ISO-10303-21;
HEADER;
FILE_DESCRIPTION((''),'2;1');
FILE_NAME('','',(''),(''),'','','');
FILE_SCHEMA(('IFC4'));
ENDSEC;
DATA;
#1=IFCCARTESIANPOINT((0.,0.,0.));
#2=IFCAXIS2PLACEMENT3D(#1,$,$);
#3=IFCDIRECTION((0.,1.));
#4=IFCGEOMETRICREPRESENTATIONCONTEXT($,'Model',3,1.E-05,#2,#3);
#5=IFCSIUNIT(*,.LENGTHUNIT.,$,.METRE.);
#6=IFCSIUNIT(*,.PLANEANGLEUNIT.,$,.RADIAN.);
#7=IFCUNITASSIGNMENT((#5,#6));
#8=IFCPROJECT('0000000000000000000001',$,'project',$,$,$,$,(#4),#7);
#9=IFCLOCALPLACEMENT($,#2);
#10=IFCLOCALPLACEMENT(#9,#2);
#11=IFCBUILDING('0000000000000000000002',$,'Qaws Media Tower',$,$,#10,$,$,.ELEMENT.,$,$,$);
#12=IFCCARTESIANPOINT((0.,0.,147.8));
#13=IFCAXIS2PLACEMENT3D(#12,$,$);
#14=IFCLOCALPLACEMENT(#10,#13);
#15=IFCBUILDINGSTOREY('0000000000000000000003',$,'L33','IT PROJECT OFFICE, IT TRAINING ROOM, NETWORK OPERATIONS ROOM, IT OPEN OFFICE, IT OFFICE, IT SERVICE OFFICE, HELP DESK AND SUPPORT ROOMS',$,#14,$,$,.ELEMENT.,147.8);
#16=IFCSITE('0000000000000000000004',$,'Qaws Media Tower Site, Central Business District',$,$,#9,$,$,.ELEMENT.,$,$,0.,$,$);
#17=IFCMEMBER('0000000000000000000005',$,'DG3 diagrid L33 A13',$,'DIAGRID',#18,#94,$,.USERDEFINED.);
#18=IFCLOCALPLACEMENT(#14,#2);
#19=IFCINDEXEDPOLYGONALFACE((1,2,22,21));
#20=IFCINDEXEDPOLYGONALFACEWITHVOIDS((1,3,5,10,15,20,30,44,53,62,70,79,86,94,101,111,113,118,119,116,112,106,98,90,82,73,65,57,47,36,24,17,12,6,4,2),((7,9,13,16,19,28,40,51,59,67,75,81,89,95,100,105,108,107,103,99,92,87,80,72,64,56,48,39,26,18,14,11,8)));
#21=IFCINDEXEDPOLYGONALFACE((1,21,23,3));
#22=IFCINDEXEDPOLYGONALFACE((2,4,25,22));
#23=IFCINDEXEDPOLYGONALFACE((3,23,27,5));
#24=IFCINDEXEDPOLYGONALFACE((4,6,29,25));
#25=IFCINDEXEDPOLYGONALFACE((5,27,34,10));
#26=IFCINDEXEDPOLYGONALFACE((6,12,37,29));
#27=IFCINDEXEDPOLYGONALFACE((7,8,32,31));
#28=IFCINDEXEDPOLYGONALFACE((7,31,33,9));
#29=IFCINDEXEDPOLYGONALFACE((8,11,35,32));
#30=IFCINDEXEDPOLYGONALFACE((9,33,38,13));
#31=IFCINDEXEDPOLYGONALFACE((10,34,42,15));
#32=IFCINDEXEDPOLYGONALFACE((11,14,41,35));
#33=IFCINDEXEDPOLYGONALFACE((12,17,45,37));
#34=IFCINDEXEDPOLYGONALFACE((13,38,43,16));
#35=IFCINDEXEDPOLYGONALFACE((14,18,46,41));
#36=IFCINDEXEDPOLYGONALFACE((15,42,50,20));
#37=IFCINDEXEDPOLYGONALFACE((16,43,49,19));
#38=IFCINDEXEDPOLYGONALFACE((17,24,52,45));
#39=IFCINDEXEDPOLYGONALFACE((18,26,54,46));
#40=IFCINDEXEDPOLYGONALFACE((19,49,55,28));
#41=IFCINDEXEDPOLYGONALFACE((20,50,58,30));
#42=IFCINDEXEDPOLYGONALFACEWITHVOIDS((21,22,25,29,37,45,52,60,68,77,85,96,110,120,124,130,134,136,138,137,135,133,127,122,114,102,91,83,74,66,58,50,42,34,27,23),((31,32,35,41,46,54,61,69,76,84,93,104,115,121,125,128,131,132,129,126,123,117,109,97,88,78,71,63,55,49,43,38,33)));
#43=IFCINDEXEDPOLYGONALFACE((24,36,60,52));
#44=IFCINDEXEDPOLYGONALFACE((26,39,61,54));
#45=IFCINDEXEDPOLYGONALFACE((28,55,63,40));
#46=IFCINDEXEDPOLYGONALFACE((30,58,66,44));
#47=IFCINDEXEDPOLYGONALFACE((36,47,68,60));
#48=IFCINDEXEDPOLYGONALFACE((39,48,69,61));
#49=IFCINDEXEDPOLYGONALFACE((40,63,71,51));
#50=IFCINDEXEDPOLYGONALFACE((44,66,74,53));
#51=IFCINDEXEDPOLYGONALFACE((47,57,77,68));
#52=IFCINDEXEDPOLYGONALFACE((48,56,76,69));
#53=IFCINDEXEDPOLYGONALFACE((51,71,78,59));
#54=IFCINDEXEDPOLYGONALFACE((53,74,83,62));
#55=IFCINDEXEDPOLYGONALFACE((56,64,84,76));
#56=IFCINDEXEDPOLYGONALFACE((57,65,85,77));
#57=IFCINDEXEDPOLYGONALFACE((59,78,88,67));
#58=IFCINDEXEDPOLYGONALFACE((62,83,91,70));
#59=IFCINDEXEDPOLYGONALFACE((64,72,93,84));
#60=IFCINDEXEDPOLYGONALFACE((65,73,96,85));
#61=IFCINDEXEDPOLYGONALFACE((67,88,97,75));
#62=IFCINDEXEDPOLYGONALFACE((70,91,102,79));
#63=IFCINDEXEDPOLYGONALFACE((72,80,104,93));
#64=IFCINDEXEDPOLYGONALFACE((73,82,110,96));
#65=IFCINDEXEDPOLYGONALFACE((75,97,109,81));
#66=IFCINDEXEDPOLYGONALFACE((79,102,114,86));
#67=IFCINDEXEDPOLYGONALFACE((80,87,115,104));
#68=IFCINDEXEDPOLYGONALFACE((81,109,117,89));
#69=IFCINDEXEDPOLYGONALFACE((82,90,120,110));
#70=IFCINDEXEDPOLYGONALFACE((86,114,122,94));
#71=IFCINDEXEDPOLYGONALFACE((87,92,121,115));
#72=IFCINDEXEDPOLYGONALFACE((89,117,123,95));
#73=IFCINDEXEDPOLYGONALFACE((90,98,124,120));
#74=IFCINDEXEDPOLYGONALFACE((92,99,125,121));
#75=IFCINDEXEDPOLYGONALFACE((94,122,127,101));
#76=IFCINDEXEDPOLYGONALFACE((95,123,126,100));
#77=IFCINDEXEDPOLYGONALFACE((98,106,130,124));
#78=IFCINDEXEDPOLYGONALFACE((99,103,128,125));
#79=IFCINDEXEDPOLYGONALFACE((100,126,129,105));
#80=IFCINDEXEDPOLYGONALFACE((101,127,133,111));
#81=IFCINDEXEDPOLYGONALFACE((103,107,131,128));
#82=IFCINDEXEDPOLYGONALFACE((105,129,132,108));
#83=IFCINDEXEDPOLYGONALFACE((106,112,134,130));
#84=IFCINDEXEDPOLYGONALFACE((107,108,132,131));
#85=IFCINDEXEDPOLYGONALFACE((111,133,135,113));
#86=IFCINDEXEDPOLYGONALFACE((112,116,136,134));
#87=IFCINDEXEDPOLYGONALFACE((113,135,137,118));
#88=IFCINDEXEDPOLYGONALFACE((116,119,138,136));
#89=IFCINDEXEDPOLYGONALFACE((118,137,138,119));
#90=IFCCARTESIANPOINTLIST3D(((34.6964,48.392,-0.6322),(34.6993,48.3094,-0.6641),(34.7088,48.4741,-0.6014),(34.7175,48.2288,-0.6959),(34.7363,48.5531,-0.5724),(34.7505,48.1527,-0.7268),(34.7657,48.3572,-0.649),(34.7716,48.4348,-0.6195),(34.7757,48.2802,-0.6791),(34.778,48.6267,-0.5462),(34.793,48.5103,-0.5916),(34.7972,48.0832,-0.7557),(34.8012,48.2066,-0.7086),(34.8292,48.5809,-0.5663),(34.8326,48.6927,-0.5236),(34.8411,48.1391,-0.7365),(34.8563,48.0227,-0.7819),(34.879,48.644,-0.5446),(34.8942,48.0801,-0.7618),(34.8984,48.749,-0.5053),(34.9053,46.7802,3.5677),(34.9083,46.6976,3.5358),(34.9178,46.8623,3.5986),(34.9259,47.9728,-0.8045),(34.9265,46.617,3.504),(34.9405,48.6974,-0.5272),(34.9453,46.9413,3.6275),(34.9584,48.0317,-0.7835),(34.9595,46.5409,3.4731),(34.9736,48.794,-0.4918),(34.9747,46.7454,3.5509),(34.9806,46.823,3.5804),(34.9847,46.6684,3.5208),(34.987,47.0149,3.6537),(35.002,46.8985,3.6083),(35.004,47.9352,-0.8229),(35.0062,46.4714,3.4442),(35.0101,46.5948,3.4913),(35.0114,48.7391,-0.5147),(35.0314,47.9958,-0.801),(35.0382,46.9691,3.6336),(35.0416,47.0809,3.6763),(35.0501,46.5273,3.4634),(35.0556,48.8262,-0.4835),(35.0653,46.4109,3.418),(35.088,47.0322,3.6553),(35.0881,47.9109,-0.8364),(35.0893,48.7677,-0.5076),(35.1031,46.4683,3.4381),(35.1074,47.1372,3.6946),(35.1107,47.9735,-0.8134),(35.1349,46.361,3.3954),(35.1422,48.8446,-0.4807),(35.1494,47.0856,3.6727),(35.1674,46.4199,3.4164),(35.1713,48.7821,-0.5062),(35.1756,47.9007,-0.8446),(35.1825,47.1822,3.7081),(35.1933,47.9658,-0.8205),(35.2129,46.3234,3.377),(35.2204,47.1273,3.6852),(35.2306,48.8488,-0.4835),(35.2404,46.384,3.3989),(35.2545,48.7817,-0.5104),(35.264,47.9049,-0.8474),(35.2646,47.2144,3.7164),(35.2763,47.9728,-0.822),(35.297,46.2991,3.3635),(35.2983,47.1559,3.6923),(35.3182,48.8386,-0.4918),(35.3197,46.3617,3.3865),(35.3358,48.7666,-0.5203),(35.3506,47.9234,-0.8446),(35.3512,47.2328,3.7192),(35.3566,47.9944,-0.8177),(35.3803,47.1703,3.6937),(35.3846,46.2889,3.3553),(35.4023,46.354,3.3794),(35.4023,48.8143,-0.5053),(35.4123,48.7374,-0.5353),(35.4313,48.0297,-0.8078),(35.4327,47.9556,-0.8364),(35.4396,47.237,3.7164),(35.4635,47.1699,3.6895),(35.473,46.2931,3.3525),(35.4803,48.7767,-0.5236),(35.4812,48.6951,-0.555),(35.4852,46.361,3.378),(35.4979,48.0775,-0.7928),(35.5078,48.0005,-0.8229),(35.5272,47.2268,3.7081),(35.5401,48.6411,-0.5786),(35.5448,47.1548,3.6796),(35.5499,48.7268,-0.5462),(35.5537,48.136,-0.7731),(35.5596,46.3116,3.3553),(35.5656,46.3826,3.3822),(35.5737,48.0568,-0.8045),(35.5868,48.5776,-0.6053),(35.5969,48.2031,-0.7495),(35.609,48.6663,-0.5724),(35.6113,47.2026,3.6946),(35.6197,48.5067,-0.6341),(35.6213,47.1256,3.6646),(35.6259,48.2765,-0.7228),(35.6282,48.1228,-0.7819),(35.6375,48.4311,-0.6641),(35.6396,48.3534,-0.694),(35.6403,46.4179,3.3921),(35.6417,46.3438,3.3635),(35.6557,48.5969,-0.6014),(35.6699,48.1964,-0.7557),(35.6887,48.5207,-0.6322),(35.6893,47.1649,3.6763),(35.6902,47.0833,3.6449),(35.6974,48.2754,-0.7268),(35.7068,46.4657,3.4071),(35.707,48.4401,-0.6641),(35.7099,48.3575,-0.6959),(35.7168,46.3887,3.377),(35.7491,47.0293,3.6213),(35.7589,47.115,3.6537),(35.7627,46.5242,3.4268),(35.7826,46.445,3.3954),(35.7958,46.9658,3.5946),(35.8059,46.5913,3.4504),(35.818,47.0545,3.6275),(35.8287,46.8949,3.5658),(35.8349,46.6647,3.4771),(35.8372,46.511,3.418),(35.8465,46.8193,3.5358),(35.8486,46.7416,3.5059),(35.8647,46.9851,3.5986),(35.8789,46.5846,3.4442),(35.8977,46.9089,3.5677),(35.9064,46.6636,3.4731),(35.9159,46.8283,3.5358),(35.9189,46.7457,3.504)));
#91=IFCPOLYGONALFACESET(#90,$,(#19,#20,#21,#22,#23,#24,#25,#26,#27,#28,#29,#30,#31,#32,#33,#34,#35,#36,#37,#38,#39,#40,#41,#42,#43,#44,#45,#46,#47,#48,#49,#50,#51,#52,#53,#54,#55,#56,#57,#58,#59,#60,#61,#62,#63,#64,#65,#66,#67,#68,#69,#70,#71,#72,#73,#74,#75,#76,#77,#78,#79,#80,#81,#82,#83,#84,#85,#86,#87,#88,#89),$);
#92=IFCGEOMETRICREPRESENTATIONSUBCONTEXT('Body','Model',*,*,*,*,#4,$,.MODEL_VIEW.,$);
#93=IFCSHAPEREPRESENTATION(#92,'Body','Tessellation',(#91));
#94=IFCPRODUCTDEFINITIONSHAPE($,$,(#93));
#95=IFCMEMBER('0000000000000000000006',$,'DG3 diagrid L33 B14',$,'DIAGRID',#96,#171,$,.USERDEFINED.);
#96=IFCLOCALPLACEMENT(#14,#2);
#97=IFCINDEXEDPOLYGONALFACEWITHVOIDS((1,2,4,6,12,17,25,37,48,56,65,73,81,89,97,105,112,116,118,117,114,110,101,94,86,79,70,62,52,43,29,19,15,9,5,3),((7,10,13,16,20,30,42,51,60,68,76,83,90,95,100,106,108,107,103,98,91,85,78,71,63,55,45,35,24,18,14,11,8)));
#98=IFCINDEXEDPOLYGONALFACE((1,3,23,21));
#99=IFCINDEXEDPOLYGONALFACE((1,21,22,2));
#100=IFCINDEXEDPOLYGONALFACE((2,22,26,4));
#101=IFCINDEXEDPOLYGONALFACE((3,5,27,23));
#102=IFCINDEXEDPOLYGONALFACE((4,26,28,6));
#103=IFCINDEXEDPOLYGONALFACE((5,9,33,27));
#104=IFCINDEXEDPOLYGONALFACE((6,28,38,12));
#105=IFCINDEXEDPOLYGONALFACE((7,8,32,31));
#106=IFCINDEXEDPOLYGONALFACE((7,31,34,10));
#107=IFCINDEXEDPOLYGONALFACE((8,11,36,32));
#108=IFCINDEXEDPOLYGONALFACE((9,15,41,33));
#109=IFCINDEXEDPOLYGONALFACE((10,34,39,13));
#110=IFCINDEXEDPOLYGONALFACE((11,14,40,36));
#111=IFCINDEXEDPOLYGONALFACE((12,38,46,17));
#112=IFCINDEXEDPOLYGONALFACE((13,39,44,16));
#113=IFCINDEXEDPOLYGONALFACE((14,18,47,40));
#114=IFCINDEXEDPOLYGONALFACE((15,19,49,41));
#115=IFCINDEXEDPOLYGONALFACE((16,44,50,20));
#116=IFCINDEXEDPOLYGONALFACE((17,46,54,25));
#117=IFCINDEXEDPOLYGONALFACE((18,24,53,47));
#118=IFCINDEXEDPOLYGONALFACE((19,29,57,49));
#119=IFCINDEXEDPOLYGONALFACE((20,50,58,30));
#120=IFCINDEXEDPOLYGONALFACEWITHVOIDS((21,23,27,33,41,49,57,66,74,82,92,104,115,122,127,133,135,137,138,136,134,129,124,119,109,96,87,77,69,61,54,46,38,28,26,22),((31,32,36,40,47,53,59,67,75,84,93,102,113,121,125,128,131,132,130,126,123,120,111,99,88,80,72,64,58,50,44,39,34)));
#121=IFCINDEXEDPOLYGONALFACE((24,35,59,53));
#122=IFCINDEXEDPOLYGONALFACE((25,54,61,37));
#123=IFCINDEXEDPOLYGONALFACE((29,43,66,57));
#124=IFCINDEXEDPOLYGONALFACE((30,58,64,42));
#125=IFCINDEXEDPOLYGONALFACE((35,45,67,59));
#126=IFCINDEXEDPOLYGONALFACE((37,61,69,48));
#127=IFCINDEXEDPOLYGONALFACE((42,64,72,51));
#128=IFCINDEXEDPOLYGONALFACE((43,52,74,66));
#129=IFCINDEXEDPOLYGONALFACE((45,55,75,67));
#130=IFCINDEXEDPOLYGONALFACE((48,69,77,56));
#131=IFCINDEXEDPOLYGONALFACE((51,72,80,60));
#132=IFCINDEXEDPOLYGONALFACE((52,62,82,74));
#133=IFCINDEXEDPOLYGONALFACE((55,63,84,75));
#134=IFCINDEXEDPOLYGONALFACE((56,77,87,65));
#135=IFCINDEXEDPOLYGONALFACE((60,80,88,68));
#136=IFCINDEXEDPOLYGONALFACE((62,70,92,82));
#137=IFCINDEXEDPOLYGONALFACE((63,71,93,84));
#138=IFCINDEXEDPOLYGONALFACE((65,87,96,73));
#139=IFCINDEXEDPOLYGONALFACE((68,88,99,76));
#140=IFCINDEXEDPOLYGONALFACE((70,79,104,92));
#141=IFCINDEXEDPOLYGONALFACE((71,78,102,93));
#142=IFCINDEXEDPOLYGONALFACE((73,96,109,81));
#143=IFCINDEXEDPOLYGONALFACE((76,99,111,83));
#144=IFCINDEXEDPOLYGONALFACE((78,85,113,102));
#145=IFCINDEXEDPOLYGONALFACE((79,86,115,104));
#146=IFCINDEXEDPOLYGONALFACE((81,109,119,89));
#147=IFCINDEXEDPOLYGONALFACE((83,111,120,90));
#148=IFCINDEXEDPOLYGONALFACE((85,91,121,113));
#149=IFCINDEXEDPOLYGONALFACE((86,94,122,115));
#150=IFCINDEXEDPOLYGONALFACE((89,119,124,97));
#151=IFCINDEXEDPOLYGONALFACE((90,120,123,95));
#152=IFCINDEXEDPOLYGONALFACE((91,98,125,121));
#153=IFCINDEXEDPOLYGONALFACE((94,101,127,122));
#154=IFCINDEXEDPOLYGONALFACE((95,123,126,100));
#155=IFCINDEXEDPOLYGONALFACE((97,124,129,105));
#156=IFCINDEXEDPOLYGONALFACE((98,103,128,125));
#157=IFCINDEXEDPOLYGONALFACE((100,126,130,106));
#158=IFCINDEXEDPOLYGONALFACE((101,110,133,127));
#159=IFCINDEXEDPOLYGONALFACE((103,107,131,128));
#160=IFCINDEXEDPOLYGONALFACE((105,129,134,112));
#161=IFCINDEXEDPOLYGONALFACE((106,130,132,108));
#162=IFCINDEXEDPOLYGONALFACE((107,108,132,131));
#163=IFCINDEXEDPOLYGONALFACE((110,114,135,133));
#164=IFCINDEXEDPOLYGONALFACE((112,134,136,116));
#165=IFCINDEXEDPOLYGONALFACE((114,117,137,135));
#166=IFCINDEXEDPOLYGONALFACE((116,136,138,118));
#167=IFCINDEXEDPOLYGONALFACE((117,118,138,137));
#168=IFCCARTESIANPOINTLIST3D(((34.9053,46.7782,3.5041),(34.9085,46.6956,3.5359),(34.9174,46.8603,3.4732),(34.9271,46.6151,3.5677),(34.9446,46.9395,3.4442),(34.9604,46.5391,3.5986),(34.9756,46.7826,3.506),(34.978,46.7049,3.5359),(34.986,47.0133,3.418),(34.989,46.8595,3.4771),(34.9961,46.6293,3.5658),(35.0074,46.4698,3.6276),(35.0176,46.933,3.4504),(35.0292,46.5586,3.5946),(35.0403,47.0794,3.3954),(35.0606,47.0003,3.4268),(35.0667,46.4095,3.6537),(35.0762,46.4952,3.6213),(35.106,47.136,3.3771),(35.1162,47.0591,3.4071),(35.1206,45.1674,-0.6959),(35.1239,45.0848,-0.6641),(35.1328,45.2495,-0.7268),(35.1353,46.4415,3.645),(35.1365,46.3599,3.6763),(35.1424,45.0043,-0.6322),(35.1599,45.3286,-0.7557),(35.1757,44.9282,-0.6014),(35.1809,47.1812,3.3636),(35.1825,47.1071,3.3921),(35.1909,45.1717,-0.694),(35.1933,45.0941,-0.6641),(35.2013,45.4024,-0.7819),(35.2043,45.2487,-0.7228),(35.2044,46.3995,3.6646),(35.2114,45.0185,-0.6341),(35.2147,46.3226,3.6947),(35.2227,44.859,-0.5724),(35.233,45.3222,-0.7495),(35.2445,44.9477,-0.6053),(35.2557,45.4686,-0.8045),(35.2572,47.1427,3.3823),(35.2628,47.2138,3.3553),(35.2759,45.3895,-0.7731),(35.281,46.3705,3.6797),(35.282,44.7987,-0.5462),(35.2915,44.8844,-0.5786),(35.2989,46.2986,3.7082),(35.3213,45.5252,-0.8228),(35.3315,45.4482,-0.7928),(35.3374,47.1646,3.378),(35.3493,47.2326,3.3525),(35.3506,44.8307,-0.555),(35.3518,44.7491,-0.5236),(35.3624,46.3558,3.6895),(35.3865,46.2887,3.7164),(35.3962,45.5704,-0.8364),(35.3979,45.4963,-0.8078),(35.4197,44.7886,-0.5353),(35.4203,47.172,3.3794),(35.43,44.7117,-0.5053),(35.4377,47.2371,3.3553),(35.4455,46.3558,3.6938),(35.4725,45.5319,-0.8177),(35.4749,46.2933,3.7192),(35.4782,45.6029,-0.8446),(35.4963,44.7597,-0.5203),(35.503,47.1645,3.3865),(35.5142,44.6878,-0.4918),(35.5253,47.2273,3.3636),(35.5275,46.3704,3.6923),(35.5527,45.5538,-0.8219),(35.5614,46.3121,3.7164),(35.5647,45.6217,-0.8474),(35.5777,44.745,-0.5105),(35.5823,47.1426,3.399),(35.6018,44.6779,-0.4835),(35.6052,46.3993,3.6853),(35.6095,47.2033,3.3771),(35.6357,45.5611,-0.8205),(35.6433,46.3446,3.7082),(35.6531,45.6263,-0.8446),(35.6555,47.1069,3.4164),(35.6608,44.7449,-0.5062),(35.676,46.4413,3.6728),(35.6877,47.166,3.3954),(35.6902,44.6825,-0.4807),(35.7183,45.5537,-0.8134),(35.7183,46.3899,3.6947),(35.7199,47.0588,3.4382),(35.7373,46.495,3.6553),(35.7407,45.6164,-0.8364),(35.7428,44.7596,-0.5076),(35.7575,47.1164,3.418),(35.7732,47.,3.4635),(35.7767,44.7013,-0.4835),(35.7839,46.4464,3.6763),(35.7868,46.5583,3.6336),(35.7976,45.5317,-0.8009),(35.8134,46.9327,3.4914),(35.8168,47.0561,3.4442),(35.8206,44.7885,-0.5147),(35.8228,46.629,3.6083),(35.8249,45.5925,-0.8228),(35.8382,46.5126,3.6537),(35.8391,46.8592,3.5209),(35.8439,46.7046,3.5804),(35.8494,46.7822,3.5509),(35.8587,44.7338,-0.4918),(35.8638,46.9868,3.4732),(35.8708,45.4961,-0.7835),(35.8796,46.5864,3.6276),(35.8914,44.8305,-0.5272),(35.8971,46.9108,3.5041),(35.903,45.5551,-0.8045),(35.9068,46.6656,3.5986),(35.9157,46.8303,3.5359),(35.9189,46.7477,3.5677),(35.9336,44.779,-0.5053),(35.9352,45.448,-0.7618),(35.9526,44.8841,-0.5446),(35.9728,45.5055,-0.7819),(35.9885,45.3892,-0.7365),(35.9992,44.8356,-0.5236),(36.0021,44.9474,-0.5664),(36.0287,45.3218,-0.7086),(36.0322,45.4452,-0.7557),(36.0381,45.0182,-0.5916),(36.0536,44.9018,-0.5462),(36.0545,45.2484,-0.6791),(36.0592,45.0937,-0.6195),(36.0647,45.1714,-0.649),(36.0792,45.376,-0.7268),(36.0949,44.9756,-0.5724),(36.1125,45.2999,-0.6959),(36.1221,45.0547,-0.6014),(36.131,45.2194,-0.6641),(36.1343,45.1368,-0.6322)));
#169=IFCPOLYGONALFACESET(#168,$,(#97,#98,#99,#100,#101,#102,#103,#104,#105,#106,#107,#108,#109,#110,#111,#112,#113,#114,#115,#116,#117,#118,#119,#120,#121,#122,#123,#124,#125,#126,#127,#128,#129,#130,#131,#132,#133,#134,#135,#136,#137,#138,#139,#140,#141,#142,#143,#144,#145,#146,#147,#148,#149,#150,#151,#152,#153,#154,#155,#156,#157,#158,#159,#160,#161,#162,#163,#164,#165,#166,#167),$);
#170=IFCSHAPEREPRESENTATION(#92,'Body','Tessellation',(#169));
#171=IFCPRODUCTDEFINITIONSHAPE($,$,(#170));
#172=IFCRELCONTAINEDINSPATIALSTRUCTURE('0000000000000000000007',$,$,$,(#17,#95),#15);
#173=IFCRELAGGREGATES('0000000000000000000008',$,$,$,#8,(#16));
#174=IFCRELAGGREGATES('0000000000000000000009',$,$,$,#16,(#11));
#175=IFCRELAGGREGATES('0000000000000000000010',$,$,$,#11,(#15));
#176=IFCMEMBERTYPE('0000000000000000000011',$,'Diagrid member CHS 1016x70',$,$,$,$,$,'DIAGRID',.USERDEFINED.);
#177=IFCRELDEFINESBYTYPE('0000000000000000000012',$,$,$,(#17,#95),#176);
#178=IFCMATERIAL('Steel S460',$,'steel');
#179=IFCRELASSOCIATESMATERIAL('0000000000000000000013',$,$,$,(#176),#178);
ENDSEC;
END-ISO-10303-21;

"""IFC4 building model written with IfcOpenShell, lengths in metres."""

from ifc_helpers import new_model, si_unit, direction, frame, origin, origin_2d, place, context, subcontext, project, spatial, hollow_circle, extrude, material, material_profile, profile_set, type_object, element, save


model = new_model("IFC4")

# Units and contexts
model_context = context("Model", 3, precision=1e-05, world=origin(), true_north=direction((0.0, 1.0)))
body_context = subcontext(model_context, "Body", "Model", "MODEL_VIEW")
ifc_project = project(units=[si_unit("LENGTHUNIT", "METRE"), si_unit("PLANEANGLEUNIT", "RADIAN")], contexts=[model_context])

# Site, building, storey
site_placement = place(None, origin())
site = spatial("IfcSite", under=ifc_project, at=site_placement, Name="Qaws Media Tower Site, Central Business District", CompositionType="ELEMENT", RefElevation=0.0)
building_placement = place(site_placement, origin())
building = spatial("IfcBuilding", under=site, at=building_placement, Name="Qaws Media Tower", CompositionType="ELEMENT")
storey_placement = place(building_placement, frame((0.0, 0.0, 147.8)))
storey = spatial("IfcBuildingStorey", under=building, at=storey_placement, Name="L33", Description="IT PROJECT OFFICE, IT TRAINING ROOM, NETWORK OPERATIONS ROOM, IT OPEN OFFICE, IT OFFICE, IT SERVICE OFFICE, HELP DESK AND SUPPORT ROOMS", CompositionType="ELEMENT", Elevation=147.8)

# Members
ifc_material_1 = material(Name="Steel S460", Category="steel")
ifc_material_profile_1 = material_profile(ifc_material_1, hollow_circle(Radius=0.5081, WallThickness=0.0701, at=origin_2d()), Name="CHS 1016x70")
ifc_profile_set_1 = profile_set([ifc_material_profile_1], Name="Steel S460")
member_type_1 = type_object("IfcMemberType", Name="Diagrid member CHS 1016x70", ElementType="DIAGRID", PredefinedType="USERDEFINED", material=ifc_profile_set_1)
for number, where, z_axis, x_axis, name in (
    (1, (35.2031, 48.3748, -0.6641), (0.046405, -0.357906, 0.932604), (0.991699, 0.128581, 0.0), "DG3 diagrid L33 A13"),
    (2, (35.6274, 45.1521, -0.6641), (-0.047815, 0.357693, 0.932614), (-0.991183, -0.132498, 0.0), "DG3 diagrid L33 B14"),
):
    element("IfcMember", number, at=place(storey_placement, frame(where, z_axis=z_axis, x_axis=x_axis)), inside=storey, type_object=member_type_1, Name=name, ObjectType="DIAGRID", PredefinedType="USERDEFINED", context=body_context, shape_type="SweptSolid", body=[
        extrude(hollow_circle(Radius=0.5081, WallThickness=0.0701, at=origin_2d()), origin(), (0.0, 0.0, 1.0), 4.5034),
    ])

save(model, "model.ifc")
